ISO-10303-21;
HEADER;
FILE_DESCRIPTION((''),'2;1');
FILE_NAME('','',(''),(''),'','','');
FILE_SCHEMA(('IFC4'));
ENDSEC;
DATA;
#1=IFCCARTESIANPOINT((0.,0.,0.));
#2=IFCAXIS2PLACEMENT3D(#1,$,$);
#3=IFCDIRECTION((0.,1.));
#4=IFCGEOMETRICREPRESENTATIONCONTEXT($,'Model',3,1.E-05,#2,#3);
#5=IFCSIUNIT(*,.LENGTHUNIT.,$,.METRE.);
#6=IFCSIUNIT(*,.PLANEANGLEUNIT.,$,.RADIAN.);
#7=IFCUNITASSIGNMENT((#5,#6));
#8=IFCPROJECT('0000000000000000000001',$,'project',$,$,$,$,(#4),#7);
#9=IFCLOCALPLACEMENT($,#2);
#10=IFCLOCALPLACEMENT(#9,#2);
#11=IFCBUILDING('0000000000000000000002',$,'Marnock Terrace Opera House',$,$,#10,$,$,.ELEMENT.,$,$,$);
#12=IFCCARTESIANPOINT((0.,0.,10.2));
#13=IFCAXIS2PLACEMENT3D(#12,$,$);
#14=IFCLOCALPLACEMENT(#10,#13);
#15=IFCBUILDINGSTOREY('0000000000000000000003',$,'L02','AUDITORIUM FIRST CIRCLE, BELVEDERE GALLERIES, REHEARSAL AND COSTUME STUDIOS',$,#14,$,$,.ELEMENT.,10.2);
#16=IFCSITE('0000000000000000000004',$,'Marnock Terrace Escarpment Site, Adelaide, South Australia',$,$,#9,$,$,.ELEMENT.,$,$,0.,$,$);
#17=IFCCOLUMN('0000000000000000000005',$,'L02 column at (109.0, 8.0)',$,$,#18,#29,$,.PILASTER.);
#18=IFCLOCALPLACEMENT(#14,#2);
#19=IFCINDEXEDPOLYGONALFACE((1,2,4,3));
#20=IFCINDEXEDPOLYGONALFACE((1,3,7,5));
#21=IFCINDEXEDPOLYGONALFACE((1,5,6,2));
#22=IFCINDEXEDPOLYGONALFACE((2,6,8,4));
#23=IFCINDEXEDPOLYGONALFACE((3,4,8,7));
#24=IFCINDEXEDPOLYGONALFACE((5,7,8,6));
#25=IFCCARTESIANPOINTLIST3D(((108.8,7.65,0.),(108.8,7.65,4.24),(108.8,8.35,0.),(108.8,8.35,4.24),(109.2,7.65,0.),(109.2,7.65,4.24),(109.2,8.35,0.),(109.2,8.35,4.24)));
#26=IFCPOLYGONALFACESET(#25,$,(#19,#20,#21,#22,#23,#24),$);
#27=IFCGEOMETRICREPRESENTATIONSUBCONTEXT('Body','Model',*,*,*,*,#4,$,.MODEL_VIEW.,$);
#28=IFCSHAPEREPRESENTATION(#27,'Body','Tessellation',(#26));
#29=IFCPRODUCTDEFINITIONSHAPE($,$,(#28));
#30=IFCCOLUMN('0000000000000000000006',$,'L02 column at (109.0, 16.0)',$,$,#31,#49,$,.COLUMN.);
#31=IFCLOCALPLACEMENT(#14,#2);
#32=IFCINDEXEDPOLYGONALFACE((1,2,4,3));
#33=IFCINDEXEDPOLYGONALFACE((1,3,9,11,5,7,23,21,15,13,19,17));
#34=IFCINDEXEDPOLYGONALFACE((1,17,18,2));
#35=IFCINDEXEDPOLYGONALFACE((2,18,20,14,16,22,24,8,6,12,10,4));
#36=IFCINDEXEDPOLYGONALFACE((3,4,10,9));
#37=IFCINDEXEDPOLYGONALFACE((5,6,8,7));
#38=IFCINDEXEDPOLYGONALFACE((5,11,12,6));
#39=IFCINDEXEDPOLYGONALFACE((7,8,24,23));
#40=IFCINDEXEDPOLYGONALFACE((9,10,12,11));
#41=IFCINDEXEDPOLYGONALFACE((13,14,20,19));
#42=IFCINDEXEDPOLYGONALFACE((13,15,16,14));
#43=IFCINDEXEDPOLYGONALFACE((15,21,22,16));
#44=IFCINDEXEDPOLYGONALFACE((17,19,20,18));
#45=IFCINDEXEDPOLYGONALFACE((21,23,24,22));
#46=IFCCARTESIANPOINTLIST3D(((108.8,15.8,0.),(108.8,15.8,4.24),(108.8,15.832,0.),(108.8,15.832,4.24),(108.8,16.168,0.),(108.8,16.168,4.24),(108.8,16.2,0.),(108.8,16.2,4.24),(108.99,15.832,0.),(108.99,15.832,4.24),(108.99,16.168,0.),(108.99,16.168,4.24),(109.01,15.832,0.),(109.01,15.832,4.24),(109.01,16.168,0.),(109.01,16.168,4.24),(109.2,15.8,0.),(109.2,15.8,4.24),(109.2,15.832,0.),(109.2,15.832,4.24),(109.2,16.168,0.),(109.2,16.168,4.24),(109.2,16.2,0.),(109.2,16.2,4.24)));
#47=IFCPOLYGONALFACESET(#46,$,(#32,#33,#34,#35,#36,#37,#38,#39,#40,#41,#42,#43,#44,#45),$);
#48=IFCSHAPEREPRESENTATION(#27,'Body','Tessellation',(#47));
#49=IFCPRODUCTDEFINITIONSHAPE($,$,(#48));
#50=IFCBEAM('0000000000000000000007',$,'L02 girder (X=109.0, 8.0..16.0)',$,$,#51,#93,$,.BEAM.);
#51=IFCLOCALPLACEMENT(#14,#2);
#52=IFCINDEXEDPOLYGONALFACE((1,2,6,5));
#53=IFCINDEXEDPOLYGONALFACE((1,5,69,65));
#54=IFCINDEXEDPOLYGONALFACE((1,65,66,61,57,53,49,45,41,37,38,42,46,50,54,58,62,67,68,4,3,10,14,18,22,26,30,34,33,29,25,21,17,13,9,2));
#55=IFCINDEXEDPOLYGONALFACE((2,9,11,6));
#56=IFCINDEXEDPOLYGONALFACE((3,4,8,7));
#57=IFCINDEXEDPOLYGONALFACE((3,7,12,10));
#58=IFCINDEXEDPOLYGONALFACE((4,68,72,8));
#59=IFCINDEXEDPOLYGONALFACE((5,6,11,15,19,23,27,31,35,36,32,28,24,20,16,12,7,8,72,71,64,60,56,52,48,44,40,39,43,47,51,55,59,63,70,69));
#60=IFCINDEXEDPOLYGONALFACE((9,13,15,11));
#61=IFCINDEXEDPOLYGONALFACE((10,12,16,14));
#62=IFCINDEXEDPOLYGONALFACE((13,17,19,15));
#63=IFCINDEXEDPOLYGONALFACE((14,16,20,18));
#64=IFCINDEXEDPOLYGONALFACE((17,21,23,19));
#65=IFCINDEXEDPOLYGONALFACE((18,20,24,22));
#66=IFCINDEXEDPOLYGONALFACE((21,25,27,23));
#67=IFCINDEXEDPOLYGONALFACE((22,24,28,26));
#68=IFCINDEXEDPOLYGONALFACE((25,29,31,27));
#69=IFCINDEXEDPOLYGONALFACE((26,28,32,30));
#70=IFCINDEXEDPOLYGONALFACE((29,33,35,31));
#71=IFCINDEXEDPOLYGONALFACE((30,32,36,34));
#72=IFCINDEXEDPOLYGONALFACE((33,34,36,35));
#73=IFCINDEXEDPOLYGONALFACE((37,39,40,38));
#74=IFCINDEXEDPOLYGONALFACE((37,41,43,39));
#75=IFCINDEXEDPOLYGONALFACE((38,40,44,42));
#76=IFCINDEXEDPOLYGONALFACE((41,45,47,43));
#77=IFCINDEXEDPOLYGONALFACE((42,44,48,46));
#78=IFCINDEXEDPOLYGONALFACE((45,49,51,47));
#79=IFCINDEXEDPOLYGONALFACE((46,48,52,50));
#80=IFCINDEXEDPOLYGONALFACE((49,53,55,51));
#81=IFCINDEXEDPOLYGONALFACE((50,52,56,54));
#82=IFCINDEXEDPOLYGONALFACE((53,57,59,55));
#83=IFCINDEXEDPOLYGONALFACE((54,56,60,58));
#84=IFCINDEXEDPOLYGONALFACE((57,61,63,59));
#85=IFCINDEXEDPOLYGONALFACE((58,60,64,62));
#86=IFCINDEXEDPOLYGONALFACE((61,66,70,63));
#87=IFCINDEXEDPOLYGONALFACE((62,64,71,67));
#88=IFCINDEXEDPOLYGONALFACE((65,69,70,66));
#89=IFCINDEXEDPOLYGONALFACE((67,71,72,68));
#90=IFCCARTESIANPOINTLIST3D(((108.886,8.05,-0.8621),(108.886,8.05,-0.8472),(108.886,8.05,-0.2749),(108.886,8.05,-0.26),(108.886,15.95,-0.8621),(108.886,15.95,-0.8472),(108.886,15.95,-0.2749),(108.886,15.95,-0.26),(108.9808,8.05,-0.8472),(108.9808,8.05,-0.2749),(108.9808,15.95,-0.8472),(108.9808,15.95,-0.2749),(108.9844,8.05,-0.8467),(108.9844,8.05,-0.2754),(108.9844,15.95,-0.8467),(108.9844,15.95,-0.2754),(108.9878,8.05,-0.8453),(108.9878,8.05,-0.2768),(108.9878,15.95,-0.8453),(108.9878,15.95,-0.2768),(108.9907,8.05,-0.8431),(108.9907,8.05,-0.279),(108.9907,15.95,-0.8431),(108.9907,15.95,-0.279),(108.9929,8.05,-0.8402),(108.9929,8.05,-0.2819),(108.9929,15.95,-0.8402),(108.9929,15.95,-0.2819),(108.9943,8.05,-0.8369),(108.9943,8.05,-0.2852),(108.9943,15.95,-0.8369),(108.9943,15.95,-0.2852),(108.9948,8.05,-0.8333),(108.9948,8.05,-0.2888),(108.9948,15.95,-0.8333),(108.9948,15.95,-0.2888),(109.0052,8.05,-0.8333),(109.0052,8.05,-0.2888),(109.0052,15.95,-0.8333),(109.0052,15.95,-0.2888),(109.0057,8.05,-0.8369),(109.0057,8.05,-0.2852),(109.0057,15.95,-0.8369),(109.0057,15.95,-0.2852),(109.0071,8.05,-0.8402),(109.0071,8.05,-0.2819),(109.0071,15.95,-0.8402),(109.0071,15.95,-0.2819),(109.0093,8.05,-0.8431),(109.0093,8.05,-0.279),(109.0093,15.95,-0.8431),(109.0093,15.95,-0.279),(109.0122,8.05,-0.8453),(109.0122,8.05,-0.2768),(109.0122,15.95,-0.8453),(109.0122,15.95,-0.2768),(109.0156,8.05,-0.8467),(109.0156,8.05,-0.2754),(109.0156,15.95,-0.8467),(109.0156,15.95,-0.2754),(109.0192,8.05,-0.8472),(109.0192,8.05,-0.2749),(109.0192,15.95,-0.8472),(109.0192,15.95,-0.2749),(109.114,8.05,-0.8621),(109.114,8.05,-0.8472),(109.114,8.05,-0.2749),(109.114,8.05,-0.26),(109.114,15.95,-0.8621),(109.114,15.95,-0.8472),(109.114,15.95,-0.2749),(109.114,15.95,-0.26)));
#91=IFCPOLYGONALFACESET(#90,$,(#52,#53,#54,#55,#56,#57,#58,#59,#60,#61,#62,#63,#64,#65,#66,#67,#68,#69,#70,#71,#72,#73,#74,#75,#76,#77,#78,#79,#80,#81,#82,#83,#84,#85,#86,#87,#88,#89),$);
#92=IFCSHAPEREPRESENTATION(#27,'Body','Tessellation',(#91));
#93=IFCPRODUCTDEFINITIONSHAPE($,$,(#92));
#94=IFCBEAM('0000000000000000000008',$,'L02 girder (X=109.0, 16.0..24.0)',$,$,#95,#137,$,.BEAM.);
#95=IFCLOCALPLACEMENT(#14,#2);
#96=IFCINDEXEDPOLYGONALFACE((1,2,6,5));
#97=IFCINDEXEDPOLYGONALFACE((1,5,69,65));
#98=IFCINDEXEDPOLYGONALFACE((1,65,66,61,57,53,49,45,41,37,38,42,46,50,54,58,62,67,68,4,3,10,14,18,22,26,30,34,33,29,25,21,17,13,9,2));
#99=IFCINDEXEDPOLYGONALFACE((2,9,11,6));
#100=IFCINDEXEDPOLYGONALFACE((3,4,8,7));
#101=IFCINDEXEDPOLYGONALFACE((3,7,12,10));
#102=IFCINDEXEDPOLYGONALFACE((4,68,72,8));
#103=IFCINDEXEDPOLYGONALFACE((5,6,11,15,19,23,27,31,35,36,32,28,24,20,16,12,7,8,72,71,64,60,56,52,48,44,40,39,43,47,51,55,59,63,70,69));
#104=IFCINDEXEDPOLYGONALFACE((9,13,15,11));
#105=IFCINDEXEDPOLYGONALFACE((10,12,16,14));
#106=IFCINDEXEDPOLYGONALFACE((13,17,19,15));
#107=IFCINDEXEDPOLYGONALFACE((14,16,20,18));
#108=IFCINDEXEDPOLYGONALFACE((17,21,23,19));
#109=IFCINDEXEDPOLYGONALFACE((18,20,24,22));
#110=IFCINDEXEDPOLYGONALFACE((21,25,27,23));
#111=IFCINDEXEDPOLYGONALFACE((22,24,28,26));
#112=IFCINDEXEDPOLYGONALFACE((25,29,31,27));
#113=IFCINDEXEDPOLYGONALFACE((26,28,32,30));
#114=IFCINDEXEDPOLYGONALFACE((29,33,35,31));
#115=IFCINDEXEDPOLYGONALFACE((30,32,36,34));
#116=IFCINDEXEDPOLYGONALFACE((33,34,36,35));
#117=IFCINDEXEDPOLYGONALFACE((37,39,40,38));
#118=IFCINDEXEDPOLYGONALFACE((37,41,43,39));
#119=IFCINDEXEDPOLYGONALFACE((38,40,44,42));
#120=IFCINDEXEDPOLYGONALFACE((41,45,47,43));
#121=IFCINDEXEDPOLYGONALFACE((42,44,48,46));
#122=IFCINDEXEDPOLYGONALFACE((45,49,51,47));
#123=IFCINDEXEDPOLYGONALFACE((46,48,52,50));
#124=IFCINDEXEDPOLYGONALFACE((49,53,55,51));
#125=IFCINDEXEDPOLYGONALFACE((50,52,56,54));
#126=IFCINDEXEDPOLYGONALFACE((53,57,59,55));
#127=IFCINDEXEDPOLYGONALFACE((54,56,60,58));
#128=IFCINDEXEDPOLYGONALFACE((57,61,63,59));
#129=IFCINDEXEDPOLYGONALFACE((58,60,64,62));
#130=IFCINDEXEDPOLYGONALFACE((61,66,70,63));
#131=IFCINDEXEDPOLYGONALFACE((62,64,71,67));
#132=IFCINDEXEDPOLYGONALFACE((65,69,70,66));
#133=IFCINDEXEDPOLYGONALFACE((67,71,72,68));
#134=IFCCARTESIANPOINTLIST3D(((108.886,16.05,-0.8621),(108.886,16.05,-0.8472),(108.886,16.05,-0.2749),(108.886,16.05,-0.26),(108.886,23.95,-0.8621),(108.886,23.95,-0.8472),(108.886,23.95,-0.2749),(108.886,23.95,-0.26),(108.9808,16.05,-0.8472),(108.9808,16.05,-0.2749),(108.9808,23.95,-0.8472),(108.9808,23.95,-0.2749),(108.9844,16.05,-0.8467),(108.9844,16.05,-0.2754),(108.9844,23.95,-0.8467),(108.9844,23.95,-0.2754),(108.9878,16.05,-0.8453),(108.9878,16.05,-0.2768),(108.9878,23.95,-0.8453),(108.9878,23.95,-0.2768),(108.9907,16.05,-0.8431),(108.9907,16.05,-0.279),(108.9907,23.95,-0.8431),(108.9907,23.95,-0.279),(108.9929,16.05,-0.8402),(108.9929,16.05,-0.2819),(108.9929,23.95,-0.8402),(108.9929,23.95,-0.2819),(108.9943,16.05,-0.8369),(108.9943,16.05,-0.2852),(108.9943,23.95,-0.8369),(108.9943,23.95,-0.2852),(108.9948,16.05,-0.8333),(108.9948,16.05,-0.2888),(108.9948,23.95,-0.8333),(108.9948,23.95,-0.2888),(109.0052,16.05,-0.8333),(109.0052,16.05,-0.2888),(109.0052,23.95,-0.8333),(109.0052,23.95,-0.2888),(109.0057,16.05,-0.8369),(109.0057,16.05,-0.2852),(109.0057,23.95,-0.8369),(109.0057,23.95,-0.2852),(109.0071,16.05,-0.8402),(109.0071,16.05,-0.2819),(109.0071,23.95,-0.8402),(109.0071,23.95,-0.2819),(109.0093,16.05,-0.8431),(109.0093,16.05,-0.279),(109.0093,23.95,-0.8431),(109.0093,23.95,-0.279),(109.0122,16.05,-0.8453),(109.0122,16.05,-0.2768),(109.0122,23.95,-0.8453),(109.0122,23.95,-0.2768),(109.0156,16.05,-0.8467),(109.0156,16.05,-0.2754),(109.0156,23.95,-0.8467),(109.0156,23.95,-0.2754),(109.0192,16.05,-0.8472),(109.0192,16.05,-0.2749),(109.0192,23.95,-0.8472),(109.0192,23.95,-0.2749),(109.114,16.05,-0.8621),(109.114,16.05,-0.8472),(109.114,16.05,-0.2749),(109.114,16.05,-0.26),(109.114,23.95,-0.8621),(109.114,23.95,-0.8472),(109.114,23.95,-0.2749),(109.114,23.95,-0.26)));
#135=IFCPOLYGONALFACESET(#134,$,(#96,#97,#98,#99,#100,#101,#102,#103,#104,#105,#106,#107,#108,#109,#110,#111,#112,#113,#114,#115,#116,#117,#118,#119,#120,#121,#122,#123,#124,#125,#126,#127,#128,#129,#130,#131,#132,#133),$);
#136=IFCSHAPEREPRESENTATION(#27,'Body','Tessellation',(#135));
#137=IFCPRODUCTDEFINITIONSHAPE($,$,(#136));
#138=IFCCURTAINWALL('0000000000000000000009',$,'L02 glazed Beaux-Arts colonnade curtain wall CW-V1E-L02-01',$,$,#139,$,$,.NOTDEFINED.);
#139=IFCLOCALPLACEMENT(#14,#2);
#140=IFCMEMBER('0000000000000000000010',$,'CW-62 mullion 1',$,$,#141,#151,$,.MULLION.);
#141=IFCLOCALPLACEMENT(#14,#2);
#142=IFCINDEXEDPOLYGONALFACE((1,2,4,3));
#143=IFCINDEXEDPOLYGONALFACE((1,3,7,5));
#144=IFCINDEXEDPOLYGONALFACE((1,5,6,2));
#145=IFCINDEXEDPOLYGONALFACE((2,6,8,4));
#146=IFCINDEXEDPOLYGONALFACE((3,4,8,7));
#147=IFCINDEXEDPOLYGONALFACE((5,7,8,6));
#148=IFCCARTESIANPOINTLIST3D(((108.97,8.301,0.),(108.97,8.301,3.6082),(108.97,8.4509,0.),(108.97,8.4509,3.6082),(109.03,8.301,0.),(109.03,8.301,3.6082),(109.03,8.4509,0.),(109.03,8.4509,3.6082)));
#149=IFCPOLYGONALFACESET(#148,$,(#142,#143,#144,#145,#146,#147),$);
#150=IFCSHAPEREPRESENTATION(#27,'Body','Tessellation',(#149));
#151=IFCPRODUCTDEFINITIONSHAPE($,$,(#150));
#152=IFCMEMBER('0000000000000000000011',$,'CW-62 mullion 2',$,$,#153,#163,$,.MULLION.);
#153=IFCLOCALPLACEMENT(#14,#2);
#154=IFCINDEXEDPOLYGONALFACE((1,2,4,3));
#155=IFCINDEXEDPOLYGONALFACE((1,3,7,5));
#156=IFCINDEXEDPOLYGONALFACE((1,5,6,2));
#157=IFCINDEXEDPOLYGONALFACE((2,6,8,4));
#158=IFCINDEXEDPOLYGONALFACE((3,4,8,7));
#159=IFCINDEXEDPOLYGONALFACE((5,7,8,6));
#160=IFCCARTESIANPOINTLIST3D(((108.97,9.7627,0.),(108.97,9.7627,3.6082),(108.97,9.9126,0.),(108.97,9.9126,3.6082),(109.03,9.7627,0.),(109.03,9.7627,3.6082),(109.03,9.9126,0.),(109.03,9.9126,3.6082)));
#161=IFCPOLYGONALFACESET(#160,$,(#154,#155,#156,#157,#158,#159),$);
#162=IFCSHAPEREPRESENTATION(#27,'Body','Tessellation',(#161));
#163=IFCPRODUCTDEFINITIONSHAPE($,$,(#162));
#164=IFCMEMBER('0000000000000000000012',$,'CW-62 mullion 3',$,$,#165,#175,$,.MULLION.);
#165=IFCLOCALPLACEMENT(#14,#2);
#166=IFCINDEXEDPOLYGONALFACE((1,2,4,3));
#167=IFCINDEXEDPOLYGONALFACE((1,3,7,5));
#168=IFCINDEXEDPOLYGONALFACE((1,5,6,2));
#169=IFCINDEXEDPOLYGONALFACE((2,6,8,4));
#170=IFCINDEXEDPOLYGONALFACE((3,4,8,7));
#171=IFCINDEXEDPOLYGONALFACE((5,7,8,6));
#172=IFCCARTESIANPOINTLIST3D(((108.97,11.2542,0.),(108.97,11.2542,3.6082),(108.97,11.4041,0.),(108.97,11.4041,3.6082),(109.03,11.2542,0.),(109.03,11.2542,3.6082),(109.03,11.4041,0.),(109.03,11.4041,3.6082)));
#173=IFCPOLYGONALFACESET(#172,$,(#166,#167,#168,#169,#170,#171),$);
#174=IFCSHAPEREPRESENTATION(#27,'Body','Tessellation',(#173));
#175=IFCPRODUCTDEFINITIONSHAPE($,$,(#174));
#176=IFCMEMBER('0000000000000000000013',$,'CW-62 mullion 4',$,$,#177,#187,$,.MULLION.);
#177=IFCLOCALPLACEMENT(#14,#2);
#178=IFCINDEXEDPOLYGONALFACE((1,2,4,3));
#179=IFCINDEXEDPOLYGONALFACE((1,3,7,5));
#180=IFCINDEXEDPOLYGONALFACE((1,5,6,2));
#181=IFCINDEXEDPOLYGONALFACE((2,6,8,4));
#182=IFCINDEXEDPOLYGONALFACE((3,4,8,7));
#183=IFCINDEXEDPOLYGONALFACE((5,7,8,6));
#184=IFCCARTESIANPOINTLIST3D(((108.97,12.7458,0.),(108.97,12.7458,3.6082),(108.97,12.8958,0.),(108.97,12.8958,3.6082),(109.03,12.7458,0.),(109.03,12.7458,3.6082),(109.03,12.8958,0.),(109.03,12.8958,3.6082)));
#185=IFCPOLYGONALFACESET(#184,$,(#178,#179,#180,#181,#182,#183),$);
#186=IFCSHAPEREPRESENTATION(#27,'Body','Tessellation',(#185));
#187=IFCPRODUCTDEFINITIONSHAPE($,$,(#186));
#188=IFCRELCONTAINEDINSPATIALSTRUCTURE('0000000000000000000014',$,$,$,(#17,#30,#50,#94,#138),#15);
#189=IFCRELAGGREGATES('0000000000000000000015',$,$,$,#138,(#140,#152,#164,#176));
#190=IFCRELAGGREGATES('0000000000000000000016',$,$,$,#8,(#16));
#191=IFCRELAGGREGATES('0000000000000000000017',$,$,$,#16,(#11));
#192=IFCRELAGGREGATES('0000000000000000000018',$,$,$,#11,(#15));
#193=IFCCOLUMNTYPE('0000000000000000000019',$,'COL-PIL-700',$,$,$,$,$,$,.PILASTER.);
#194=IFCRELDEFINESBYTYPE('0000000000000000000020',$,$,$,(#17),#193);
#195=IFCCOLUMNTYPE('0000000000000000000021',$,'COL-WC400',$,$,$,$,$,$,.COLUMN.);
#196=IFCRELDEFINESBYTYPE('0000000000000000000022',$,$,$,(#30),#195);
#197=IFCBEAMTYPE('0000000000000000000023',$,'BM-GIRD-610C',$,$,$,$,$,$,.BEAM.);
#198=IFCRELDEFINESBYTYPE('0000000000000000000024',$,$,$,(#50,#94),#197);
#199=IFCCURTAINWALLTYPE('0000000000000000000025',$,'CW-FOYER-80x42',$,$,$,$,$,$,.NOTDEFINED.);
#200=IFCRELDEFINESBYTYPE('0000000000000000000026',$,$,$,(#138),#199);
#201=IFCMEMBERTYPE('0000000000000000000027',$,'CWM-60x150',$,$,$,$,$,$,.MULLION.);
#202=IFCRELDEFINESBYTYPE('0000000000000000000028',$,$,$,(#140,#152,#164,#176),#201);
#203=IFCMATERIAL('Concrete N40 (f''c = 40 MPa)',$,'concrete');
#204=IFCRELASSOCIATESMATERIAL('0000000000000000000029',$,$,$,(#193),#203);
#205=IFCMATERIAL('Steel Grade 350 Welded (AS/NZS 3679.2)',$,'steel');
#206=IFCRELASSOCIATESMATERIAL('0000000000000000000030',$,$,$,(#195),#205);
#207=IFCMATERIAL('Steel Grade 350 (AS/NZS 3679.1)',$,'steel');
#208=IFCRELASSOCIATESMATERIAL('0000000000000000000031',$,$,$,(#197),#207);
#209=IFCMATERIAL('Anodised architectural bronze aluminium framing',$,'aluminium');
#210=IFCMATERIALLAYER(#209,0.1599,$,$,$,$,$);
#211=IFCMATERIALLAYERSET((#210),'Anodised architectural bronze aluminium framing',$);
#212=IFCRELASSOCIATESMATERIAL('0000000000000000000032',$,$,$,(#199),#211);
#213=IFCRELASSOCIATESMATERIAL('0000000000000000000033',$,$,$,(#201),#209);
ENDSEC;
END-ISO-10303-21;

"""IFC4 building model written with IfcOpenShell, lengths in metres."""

from ifc_helpers import new_model, si_unit, direction, frame, origin, origin_2d, place, context, subcontext, project, spatial, rectangle, i_section, extrude, material, layer, layer_set, material_profile, profile_set, type_object, element, aggregate, save


model = new_model("IFC4")

# Units and contexts
model_context = context("Model", 3, precision=1e-05, world=origin(), true_north=direction((0.0, 1.0)))
body_context = subcontext(model_context, "Body", "Model", "MODEL_VIEW")
ifc_project = project(units=[si_unit("LENGTHUNIT", "METRE"), si_unit("PLANEANGLEUNIT", "RADIAN")], contexts=[model_context])

# Site, building, storey
site_placement = place(None, origin())
site = spatial("IfcSite", under=ifc_project, at=site_placement, Name="Marnock Terrace Escarpment Site, Adelaide, South Australia", CompositionType="ELEMENT", RefElevation=0.0)
building_placement = place(site_placement, origin())
building = spatial("IfcBuilding", under=site, at=building_placement, Name="Marnock Terrace Opera House", CompositionType="ELEMENT")
storey_placement = place(building_placement, frame((0.0, 0.0, 10.2)))
storey = spatial("IfcBuildingStorey", under=building, at=storey_placement, Name="L02", Description="AUDITORIUM FIRST CIRCLE, BELVEDERE GALLERIES, REHEARSAL AND COSTUME STUDIOS", CompositionType="ELEMENT", Elevation=10.2)

# Columns
ifc_material_1 = material(Name="Concrete N40 (f'c = 40 MPa)", Category="concrete")
ifc_material_profile_1 = material_profile(ifc_material_1, rectangle(XDim=0.3999, YDim=0.7, at=origin_2d()))
ifc_profile_set_1 = profile_set([ifc_material_profile_1], Name="Concrete N40 (f'c = 40 MPa)")
column_type_1 = type_object("IfcColumnType", Name="COL-PIL-700", PredefinedType="PILASTER", material=ifc_profile_set_1)
column_1_placement = place(storey_placement, frame((109.0, 8.0, 0.0), z_axis=(0.0, 0.0, 1.0), x_axis=(1.0, 0.0, 0.0)))
element("IfcColumn", 1, at=column_1_placement, inside=storey, type_object=column_type_1, Name="L02 column at (109.0, 8.0)", PredefinedType="PILASTER", context=body_context, shape_type="SweptSolid", body=[
    extrude(rectangle(XDim=0.3999, YDim=0.7, at=origin_2d()), origin(), (0.0, 0.0, 1.0), 4.24),
])
ifc_material_2 = material(Name="Steel Grade 350 Welded (AS/NZS 3679.2)", Category="steel")
ifc_material_profile_2 = material_profile(ifc_material_2, i_section(OverallWidth=0.3999, OverallDepth=0.3999, WebThickness=0.02, FlangeThickness=0.032, at=origin_2d()))
ifc_profile_set_2 = profile_set([ifc_material_profile_2], Name="Steel Grade 350 Welded (AS/NZS 3679.2)")
column_type_2 = type_object("IfcColumnType", Name="COL-WC400", PredefinedType="COLUMN", material=ifc_profile_set_2)
column_2_placement = place(storey_placement, frame((109.0, 16.0, 0.0), z_axis=(0.0, 0.0, 1.0), x_axis=(1.0, 0.0, 0.0)))
element("IfcColumn", 2, at=column_2_placement, inside=storey, type_object=column_type_2, Name="L02 column at (109.0, 16.0)", PredefinedType="COLUMN", context=body_context, shape_type="SweptSolid", body=[
    extrude(i_section(OverallWidth=0.3999, OverallDepth=0.3999, WebThickness=0.02, FlangeThickness=0.032, at=origin_2d()), origin(), (0.0, 0.0, 1.0), 4.24),
])

# Beams
ifc_material_3 = material(Name="Steel Grade 350 (AS/NZS 3679.1)", Category="steel")
ifc_material_profile_3 = material_profile(ifc_material_3, i_section(OverallWidth=0.228, OverallDepth=0.6021, WebThickness=0.0105, FlangeThickness=0.0149, FilletRadius=0.0139, at=origin_2d()))
ifc_profile_set_3 = profile_set([ifc_material_profile_3], Name="Steel Grade 350 (AS/NZS 3679.1)")
beam_type = type_object("IfcBeamType", Name="BM-GIRD-610C", PredefinedType="BEAM", material=ifc_profile_set_3)
for number, where, z_axis, x_axis, name in (
    (3, (109.0, 8.05, -0.561), (0.0, 1.0, 0.0), (-1.0, 0.0, 0.0), "L02 girder (X=109.0, 8.0..16.0)"),
    (4, (109.0, 16.05, -0.561), (0.0, 1.0, 0.0), (-1.0, 0.0, 0.0), "L02 girder (X=109.0, 16.0..24.0)"),
):
    element("IfcBeam", number, at=place(storey_placement, frame(where, z_axis=z_axis, x_axis=x_axis)), inside=storey, type_object=beam_type, Name=name, PredefinedType="BEAM", context=body_context, shape_type="SweptSolid", body=[
        extrude(i_section(OverallWidth=0.228, OverallDepth=0.6021, WebThickness=0.0105, FlangeThickness=0.0149, FilletRadius=0.0139, at=origin_2d()), origin(), (0.0, 0.0, 1.0), 7.8999),
    ])

# Curtain wall, members
ifc_material_4 = material(Name="Anodised architectural bronze aluminium framing", Category="aluminium")
ifc_layer_1 = layer(ifc_material_4, 0.1599)
ifc_layer_set_1 = layer_set([ifc_layer_1], Name="Anodised architectural bronze aluminium framing")
curtain_wall_type = type_object("IfcCurtainWallType", Name="CW-FOYER-80x42", PredefinedType="NOTDEFINED", material=ifc_layer_set_1)
curtain_wall_placement = place(storey_placement, origin())
curtain_wall = element("IfcCurtainWall", 5, at=curtain_wall_placement, inside=storey, type_object=curtain_wall_type, Name="L02 glazed Beaux-Arts colonnade curtain wall CW-V1E-L02-01", PredefinedType="NOTDEFINED")
ifc_material_profile_4 = material_profile(ifc_material_4, rectangle(XDim=0.0601, YDim=0.1499, at=origin_2d()))
ifc_profile_set_4 = profile_set([ifc_material_profile_4], Name="Anodised architectural bronze aluminium framing")
member_type_1 = type_object("IfcMemberType", Name="CWM-60x150", PredefinedType="MULLION", material=ifc_profile_set_4)
member_1_placement = place(storey_placement, frame((109.0, 8.376, 0.0), z_axis=(0.0, 0.0, 1.0), x_axis=(-1.0, 0.0, 0.0)))
member_1 = element("IfcMember", 6, at=member_1_placement, type_object=member_type_1, Name="CW-62 mullion 1", PredefinedType="MULLION", context=body_context, shape_type="SweptSolid", body=[
    extrude(rectangle(XDim=0.0601, YDim=0.1499, at=origin_2d()), origin(), (0.0, 0.0, 1.0), 3.6082),
])
member_2_placement = place(storey_placement, frame((109.0, 9.8376, 0.0), z_axis=(0.0, 0.0, 1.0), x_axis=(-1.0, 0.0, 0.0)))
member_2 = element("IfcMember", 7, at=member_2_placement, type_object=member_type_1, Name="CW-62 mullion 2", PredefinedType="MULLION", context=body_context, shape_type="SweptSolid", body=[
    extrude(rectangle(XDim=0.0601, YDim=0.1499, at=origin_2d()), origin(), (0.0, 0.0, 1.0), 3.6082),
])
member_3_placement = place(storey_placement, frame((109.0, 11.3291, 0.0), z_axis=(0.0, 0.0, 1.0), x_axis=(-1.0, 0.0, 0.0)))
member_3 = element("IfcMember", 8, at=member_3_placement, type_object=member_type_1, Name="CW-62 mullion 3", PredefinedType="MULLION", context=body_context, shape_type="SweptSolid", body=[
    extrude(rectangle(XDim=0.0601, YDim=0.1499, at=origin_2d()), origin(), (0.0, 0.0, 1.0), 3.6082),
])
member_4_placement = place(storey_placement, frame((109.0, 12.8208, 0.0), z_axis=(0.0, 0.0, 1.0), x_axis=(-1.0, 0.0, 0.0)))
member_4 = element("IfcMember", 9, at=member_4_placement, type_object=member_type_1, Name="CW-62 mullion 4", PredefinedType="MULLION", context=body_context, shape_type="SweptSolid", body=[
    extrude(rectangle(XDim=0.0601, YDim=0.1499, at=origin_2d()), origin(), (0.0, 0.0, 1.0), 3.6082),
])
aggregate(curtain_wall, [member_1, member_2, member_3, member_4])

save(model, "model.ifc")
